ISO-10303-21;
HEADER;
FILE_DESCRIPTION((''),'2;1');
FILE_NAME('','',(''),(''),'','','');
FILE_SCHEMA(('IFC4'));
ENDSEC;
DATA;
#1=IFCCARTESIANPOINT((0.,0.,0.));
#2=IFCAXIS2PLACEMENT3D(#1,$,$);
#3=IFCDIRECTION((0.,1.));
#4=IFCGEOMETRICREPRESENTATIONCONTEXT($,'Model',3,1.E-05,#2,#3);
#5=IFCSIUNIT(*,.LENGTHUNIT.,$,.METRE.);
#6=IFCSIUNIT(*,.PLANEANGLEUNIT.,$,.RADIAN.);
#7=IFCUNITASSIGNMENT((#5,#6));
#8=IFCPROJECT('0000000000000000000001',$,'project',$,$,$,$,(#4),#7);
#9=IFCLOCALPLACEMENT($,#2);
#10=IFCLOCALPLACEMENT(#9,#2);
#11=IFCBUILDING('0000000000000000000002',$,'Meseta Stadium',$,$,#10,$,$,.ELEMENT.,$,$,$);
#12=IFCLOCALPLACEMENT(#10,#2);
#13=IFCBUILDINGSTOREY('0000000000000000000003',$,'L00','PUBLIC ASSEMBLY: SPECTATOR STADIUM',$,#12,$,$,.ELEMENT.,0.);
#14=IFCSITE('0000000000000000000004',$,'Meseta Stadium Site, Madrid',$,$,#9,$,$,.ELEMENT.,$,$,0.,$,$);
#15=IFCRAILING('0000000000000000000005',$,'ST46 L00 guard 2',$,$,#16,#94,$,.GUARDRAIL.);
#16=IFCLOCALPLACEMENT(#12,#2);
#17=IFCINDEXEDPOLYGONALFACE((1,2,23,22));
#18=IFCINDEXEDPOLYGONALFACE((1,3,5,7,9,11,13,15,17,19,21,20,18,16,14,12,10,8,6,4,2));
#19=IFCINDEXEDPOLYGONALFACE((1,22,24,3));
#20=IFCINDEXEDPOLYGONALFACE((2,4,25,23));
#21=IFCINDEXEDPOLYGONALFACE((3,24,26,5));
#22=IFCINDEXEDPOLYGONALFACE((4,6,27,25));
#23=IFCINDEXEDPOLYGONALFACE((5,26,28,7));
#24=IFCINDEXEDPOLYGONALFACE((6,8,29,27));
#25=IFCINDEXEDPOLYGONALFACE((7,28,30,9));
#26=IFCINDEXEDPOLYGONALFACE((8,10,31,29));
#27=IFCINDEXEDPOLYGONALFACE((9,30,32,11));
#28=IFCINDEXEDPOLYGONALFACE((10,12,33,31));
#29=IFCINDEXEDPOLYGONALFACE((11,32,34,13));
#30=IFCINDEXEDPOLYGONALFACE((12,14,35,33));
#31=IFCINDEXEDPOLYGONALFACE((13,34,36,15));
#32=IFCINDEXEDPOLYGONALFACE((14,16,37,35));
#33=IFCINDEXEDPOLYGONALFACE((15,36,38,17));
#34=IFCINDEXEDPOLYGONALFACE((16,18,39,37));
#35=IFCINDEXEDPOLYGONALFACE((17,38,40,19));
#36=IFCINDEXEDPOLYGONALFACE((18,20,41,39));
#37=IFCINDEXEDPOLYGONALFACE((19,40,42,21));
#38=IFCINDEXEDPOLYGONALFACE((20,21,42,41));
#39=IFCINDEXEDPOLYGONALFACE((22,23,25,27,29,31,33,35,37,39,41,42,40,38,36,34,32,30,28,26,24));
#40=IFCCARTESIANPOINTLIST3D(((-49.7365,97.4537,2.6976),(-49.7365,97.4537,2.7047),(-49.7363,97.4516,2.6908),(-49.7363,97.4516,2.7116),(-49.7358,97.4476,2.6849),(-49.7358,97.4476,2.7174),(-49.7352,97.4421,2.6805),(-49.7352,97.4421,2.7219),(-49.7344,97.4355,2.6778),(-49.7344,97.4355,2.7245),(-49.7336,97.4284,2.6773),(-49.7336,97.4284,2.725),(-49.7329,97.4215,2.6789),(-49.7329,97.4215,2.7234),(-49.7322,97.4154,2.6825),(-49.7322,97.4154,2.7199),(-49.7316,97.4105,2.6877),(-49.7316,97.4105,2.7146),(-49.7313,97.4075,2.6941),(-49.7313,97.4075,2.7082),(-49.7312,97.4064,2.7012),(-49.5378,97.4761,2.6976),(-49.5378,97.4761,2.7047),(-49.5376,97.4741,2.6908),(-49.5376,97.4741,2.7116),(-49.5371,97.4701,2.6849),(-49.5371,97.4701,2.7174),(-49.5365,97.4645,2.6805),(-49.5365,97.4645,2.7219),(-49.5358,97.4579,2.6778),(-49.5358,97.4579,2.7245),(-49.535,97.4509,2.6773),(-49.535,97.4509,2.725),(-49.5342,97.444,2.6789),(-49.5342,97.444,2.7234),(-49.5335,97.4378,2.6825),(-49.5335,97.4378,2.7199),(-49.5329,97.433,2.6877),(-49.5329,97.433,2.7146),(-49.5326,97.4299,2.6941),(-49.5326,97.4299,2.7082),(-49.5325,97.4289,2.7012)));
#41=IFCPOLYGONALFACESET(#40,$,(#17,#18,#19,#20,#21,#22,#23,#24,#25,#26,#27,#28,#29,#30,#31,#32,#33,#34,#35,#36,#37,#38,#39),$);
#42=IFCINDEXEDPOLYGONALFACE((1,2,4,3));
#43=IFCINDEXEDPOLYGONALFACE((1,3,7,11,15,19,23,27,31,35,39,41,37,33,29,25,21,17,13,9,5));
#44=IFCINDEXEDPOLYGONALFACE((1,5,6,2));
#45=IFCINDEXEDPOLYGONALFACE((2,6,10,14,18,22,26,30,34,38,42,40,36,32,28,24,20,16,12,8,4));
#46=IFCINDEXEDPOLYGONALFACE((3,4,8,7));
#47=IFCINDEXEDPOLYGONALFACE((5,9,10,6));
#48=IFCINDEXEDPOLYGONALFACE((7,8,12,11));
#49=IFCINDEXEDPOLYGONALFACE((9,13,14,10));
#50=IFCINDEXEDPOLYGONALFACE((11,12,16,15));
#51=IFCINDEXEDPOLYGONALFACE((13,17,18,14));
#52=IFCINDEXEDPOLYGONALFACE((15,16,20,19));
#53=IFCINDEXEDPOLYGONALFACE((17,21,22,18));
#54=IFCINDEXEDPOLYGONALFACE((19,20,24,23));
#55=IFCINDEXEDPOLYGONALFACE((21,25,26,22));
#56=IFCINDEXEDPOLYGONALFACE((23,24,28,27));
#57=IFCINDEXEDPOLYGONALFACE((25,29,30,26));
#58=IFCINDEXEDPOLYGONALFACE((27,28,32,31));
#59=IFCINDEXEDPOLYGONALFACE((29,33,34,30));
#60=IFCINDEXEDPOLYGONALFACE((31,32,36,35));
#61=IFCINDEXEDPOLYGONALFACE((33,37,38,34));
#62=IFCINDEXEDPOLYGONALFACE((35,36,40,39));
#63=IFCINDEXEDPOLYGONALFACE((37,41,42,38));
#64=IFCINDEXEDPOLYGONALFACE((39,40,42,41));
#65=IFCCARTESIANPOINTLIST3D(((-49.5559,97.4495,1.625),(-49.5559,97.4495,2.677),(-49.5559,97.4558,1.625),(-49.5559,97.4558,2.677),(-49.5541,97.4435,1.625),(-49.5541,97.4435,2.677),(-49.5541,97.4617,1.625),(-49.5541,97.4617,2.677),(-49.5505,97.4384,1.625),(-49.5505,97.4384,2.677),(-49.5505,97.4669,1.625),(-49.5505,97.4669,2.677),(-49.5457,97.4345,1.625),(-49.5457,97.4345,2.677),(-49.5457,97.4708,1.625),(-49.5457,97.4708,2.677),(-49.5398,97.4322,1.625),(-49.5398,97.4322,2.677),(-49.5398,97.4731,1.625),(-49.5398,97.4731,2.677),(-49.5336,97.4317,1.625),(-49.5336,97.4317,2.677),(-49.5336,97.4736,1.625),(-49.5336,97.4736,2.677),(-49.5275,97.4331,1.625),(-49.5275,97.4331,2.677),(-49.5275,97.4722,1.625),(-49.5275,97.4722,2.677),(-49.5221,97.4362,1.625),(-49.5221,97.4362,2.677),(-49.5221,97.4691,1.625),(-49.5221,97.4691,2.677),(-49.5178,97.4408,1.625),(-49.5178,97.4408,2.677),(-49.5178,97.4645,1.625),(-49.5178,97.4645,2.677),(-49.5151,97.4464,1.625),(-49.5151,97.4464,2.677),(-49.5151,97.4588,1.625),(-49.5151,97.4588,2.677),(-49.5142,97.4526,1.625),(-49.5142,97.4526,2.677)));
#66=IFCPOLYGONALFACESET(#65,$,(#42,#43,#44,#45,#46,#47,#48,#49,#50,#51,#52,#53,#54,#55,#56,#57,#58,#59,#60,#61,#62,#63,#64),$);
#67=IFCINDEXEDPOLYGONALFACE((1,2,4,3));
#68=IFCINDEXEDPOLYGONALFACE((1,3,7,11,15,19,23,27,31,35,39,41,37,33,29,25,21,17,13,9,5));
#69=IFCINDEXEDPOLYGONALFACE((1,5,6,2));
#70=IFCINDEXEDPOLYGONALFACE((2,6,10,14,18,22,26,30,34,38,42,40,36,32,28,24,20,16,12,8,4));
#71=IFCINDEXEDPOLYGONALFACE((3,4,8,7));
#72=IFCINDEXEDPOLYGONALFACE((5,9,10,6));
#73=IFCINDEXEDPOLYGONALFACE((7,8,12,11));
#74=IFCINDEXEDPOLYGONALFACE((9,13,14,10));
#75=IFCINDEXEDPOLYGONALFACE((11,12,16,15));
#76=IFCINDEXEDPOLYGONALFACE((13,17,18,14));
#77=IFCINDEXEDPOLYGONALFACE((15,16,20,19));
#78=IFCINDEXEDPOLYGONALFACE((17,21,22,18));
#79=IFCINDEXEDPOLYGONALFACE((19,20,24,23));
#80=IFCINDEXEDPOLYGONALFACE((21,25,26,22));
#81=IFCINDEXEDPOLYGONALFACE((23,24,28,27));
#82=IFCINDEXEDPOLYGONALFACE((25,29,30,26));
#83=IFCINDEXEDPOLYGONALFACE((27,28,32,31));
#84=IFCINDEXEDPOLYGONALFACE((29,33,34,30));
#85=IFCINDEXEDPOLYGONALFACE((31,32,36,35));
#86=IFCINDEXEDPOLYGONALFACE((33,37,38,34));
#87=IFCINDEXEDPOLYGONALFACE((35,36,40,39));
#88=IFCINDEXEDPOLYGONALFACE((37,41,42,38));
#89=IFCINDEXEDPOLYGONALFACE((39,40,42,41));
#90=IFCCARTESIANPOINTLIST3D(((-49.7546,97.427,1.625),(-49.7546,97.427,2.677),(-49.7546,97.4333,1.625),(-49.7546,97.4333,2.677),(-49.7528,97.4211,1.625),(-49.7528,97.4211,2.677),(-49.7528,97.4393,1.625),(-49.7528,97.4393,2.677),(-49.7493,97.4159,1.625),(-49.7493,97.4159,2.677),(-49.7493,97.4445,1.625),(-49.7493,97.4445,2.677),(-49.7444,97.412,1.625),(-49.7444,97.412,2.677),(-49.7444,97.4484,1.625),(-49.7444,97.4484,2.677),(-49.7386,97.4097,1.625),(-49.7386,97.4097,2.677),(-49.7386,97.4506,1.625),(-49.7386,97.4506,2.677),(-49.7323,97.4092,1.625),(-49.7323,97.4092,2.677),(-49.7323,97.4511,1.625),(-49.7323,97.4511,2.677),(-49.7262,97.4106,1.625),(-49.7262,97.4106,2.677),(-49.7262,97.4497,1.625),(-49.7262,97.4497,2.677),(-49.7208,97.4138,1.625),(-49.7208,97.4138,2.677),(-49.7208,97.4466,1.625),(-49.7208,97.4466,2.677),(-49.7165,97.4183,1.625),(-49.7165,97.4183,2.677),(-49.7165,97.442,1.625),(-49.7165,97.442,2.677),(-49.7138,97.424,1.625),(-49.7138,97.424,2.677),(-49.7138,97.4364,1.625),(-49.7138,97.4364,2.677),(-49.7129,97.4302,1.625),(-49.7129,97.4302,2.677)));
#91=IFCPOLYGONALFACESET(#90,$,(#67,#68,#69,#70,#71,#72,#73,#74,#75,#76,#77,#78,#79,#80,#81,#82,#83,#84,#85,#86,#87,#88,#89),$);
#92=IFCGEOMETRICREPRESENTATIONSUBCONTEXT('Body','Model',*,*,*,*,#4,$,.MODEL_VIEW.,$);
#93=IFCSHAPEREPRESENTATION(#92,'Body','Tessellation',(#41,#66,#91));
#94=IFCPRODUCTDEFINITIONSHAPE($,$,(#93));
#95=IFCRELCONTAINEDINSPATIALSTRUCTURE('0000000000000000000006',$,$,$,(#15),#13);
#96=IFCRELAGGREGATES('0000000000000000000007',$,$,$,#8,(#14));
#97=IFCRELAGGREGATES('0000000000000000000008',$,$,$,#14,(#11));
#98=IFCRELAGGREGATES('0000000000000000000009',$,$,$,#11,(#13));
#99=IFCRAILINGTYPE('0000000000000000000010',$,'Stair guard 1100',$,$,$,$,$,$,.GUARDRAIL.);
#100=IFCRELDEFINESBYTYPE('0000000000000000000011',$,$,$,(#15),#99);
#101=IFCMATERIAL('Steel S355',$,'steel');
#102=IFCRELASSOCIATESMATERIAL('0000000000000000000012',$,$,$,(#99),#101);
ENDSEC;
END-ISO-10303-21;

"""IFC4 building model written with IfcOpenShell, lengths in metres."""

from ifc_helpers import new_model, si_unit, direction, frame, origin, origin_2d, place, context, subcontext, project, spatial, circle, extrude, material, type_object, element, save


model = new_model("IFC4")

# Units and contexts
model_context = context("Model", 3, precision=1e-05, world=origin(), true_north=direction((0.0, 1.0)))
body_context = subcontext(model_context, "Body", "Model", "MODEL_VIEW")
ifc_project = project(units=[si_unit("LENGTHUNIT", "METRE"), si_unit("PLANEANGLEUNIT", "RADIAN")], contexts=[model_context])

# Site, building, storey
site_placement = place(None, origin())
site = spatial("IfcSite", under=ifc_project, at=site_placement, Name="Meseta Stadium Site, Madrid", CompositionType="ELEMENT", RefElevation=0.0)
building_placement = place(site_placement, origin())
building = spatial("IfcBuilding", under=site, at=building_placement, Name="Meseta Stadium", CompositionType="ELEMENT")
storey_placement = place(building_placement, origin())
storey = spatial("IfcBuildingStorey", under=building, at=storey_placement, Name="L00", Description="PUBLIC ASSEMBLY: SPECTATOR STADIUM", CompositionType="ELEMENT", Elevation=0.0)

# Railing
ifc_material_1 = material(Name="Steel S355", Category="steel")
railing_type_1 = type_object("IfcRailingType", Name="Stair guard 1100", PredefinedType="GUARDRAIL", material=ifc_material_1)
railing_1_placement = place(storey_placement, frame((-49.5352, 97.4526, 1.625)))
element("IfcRailing", 1, at=railing_1_placement, inside=storey, type_object=railing_type_1, Name="ST46 L00 guard 2", PredefinedType="GUARDRAIL", context=body_context, shape_type="SweptSolid", body=[
    extrude(circle(Radius=0.0239, at=origin_2d()), frame((0.0, 0.0, 1.0762), z_axis=(-0.993674, -0.112307, 0.0), x_axis=(0.112307, -0.993674, 0.0)), (0.0, 0.0, 1.0), 0.2),
    extrude(circle(Radius=0.021, at=origin_2d()), origin(), (0.0, 0.0, 1.0), 1.052),
    extrude(circle(Radius=0.021, at=origin_2d()), frame((-0.1987, -0.0225, 0.0)), (0.0, 0.0, 1.0), 1.052),
])

save(model, "model.ifc")
